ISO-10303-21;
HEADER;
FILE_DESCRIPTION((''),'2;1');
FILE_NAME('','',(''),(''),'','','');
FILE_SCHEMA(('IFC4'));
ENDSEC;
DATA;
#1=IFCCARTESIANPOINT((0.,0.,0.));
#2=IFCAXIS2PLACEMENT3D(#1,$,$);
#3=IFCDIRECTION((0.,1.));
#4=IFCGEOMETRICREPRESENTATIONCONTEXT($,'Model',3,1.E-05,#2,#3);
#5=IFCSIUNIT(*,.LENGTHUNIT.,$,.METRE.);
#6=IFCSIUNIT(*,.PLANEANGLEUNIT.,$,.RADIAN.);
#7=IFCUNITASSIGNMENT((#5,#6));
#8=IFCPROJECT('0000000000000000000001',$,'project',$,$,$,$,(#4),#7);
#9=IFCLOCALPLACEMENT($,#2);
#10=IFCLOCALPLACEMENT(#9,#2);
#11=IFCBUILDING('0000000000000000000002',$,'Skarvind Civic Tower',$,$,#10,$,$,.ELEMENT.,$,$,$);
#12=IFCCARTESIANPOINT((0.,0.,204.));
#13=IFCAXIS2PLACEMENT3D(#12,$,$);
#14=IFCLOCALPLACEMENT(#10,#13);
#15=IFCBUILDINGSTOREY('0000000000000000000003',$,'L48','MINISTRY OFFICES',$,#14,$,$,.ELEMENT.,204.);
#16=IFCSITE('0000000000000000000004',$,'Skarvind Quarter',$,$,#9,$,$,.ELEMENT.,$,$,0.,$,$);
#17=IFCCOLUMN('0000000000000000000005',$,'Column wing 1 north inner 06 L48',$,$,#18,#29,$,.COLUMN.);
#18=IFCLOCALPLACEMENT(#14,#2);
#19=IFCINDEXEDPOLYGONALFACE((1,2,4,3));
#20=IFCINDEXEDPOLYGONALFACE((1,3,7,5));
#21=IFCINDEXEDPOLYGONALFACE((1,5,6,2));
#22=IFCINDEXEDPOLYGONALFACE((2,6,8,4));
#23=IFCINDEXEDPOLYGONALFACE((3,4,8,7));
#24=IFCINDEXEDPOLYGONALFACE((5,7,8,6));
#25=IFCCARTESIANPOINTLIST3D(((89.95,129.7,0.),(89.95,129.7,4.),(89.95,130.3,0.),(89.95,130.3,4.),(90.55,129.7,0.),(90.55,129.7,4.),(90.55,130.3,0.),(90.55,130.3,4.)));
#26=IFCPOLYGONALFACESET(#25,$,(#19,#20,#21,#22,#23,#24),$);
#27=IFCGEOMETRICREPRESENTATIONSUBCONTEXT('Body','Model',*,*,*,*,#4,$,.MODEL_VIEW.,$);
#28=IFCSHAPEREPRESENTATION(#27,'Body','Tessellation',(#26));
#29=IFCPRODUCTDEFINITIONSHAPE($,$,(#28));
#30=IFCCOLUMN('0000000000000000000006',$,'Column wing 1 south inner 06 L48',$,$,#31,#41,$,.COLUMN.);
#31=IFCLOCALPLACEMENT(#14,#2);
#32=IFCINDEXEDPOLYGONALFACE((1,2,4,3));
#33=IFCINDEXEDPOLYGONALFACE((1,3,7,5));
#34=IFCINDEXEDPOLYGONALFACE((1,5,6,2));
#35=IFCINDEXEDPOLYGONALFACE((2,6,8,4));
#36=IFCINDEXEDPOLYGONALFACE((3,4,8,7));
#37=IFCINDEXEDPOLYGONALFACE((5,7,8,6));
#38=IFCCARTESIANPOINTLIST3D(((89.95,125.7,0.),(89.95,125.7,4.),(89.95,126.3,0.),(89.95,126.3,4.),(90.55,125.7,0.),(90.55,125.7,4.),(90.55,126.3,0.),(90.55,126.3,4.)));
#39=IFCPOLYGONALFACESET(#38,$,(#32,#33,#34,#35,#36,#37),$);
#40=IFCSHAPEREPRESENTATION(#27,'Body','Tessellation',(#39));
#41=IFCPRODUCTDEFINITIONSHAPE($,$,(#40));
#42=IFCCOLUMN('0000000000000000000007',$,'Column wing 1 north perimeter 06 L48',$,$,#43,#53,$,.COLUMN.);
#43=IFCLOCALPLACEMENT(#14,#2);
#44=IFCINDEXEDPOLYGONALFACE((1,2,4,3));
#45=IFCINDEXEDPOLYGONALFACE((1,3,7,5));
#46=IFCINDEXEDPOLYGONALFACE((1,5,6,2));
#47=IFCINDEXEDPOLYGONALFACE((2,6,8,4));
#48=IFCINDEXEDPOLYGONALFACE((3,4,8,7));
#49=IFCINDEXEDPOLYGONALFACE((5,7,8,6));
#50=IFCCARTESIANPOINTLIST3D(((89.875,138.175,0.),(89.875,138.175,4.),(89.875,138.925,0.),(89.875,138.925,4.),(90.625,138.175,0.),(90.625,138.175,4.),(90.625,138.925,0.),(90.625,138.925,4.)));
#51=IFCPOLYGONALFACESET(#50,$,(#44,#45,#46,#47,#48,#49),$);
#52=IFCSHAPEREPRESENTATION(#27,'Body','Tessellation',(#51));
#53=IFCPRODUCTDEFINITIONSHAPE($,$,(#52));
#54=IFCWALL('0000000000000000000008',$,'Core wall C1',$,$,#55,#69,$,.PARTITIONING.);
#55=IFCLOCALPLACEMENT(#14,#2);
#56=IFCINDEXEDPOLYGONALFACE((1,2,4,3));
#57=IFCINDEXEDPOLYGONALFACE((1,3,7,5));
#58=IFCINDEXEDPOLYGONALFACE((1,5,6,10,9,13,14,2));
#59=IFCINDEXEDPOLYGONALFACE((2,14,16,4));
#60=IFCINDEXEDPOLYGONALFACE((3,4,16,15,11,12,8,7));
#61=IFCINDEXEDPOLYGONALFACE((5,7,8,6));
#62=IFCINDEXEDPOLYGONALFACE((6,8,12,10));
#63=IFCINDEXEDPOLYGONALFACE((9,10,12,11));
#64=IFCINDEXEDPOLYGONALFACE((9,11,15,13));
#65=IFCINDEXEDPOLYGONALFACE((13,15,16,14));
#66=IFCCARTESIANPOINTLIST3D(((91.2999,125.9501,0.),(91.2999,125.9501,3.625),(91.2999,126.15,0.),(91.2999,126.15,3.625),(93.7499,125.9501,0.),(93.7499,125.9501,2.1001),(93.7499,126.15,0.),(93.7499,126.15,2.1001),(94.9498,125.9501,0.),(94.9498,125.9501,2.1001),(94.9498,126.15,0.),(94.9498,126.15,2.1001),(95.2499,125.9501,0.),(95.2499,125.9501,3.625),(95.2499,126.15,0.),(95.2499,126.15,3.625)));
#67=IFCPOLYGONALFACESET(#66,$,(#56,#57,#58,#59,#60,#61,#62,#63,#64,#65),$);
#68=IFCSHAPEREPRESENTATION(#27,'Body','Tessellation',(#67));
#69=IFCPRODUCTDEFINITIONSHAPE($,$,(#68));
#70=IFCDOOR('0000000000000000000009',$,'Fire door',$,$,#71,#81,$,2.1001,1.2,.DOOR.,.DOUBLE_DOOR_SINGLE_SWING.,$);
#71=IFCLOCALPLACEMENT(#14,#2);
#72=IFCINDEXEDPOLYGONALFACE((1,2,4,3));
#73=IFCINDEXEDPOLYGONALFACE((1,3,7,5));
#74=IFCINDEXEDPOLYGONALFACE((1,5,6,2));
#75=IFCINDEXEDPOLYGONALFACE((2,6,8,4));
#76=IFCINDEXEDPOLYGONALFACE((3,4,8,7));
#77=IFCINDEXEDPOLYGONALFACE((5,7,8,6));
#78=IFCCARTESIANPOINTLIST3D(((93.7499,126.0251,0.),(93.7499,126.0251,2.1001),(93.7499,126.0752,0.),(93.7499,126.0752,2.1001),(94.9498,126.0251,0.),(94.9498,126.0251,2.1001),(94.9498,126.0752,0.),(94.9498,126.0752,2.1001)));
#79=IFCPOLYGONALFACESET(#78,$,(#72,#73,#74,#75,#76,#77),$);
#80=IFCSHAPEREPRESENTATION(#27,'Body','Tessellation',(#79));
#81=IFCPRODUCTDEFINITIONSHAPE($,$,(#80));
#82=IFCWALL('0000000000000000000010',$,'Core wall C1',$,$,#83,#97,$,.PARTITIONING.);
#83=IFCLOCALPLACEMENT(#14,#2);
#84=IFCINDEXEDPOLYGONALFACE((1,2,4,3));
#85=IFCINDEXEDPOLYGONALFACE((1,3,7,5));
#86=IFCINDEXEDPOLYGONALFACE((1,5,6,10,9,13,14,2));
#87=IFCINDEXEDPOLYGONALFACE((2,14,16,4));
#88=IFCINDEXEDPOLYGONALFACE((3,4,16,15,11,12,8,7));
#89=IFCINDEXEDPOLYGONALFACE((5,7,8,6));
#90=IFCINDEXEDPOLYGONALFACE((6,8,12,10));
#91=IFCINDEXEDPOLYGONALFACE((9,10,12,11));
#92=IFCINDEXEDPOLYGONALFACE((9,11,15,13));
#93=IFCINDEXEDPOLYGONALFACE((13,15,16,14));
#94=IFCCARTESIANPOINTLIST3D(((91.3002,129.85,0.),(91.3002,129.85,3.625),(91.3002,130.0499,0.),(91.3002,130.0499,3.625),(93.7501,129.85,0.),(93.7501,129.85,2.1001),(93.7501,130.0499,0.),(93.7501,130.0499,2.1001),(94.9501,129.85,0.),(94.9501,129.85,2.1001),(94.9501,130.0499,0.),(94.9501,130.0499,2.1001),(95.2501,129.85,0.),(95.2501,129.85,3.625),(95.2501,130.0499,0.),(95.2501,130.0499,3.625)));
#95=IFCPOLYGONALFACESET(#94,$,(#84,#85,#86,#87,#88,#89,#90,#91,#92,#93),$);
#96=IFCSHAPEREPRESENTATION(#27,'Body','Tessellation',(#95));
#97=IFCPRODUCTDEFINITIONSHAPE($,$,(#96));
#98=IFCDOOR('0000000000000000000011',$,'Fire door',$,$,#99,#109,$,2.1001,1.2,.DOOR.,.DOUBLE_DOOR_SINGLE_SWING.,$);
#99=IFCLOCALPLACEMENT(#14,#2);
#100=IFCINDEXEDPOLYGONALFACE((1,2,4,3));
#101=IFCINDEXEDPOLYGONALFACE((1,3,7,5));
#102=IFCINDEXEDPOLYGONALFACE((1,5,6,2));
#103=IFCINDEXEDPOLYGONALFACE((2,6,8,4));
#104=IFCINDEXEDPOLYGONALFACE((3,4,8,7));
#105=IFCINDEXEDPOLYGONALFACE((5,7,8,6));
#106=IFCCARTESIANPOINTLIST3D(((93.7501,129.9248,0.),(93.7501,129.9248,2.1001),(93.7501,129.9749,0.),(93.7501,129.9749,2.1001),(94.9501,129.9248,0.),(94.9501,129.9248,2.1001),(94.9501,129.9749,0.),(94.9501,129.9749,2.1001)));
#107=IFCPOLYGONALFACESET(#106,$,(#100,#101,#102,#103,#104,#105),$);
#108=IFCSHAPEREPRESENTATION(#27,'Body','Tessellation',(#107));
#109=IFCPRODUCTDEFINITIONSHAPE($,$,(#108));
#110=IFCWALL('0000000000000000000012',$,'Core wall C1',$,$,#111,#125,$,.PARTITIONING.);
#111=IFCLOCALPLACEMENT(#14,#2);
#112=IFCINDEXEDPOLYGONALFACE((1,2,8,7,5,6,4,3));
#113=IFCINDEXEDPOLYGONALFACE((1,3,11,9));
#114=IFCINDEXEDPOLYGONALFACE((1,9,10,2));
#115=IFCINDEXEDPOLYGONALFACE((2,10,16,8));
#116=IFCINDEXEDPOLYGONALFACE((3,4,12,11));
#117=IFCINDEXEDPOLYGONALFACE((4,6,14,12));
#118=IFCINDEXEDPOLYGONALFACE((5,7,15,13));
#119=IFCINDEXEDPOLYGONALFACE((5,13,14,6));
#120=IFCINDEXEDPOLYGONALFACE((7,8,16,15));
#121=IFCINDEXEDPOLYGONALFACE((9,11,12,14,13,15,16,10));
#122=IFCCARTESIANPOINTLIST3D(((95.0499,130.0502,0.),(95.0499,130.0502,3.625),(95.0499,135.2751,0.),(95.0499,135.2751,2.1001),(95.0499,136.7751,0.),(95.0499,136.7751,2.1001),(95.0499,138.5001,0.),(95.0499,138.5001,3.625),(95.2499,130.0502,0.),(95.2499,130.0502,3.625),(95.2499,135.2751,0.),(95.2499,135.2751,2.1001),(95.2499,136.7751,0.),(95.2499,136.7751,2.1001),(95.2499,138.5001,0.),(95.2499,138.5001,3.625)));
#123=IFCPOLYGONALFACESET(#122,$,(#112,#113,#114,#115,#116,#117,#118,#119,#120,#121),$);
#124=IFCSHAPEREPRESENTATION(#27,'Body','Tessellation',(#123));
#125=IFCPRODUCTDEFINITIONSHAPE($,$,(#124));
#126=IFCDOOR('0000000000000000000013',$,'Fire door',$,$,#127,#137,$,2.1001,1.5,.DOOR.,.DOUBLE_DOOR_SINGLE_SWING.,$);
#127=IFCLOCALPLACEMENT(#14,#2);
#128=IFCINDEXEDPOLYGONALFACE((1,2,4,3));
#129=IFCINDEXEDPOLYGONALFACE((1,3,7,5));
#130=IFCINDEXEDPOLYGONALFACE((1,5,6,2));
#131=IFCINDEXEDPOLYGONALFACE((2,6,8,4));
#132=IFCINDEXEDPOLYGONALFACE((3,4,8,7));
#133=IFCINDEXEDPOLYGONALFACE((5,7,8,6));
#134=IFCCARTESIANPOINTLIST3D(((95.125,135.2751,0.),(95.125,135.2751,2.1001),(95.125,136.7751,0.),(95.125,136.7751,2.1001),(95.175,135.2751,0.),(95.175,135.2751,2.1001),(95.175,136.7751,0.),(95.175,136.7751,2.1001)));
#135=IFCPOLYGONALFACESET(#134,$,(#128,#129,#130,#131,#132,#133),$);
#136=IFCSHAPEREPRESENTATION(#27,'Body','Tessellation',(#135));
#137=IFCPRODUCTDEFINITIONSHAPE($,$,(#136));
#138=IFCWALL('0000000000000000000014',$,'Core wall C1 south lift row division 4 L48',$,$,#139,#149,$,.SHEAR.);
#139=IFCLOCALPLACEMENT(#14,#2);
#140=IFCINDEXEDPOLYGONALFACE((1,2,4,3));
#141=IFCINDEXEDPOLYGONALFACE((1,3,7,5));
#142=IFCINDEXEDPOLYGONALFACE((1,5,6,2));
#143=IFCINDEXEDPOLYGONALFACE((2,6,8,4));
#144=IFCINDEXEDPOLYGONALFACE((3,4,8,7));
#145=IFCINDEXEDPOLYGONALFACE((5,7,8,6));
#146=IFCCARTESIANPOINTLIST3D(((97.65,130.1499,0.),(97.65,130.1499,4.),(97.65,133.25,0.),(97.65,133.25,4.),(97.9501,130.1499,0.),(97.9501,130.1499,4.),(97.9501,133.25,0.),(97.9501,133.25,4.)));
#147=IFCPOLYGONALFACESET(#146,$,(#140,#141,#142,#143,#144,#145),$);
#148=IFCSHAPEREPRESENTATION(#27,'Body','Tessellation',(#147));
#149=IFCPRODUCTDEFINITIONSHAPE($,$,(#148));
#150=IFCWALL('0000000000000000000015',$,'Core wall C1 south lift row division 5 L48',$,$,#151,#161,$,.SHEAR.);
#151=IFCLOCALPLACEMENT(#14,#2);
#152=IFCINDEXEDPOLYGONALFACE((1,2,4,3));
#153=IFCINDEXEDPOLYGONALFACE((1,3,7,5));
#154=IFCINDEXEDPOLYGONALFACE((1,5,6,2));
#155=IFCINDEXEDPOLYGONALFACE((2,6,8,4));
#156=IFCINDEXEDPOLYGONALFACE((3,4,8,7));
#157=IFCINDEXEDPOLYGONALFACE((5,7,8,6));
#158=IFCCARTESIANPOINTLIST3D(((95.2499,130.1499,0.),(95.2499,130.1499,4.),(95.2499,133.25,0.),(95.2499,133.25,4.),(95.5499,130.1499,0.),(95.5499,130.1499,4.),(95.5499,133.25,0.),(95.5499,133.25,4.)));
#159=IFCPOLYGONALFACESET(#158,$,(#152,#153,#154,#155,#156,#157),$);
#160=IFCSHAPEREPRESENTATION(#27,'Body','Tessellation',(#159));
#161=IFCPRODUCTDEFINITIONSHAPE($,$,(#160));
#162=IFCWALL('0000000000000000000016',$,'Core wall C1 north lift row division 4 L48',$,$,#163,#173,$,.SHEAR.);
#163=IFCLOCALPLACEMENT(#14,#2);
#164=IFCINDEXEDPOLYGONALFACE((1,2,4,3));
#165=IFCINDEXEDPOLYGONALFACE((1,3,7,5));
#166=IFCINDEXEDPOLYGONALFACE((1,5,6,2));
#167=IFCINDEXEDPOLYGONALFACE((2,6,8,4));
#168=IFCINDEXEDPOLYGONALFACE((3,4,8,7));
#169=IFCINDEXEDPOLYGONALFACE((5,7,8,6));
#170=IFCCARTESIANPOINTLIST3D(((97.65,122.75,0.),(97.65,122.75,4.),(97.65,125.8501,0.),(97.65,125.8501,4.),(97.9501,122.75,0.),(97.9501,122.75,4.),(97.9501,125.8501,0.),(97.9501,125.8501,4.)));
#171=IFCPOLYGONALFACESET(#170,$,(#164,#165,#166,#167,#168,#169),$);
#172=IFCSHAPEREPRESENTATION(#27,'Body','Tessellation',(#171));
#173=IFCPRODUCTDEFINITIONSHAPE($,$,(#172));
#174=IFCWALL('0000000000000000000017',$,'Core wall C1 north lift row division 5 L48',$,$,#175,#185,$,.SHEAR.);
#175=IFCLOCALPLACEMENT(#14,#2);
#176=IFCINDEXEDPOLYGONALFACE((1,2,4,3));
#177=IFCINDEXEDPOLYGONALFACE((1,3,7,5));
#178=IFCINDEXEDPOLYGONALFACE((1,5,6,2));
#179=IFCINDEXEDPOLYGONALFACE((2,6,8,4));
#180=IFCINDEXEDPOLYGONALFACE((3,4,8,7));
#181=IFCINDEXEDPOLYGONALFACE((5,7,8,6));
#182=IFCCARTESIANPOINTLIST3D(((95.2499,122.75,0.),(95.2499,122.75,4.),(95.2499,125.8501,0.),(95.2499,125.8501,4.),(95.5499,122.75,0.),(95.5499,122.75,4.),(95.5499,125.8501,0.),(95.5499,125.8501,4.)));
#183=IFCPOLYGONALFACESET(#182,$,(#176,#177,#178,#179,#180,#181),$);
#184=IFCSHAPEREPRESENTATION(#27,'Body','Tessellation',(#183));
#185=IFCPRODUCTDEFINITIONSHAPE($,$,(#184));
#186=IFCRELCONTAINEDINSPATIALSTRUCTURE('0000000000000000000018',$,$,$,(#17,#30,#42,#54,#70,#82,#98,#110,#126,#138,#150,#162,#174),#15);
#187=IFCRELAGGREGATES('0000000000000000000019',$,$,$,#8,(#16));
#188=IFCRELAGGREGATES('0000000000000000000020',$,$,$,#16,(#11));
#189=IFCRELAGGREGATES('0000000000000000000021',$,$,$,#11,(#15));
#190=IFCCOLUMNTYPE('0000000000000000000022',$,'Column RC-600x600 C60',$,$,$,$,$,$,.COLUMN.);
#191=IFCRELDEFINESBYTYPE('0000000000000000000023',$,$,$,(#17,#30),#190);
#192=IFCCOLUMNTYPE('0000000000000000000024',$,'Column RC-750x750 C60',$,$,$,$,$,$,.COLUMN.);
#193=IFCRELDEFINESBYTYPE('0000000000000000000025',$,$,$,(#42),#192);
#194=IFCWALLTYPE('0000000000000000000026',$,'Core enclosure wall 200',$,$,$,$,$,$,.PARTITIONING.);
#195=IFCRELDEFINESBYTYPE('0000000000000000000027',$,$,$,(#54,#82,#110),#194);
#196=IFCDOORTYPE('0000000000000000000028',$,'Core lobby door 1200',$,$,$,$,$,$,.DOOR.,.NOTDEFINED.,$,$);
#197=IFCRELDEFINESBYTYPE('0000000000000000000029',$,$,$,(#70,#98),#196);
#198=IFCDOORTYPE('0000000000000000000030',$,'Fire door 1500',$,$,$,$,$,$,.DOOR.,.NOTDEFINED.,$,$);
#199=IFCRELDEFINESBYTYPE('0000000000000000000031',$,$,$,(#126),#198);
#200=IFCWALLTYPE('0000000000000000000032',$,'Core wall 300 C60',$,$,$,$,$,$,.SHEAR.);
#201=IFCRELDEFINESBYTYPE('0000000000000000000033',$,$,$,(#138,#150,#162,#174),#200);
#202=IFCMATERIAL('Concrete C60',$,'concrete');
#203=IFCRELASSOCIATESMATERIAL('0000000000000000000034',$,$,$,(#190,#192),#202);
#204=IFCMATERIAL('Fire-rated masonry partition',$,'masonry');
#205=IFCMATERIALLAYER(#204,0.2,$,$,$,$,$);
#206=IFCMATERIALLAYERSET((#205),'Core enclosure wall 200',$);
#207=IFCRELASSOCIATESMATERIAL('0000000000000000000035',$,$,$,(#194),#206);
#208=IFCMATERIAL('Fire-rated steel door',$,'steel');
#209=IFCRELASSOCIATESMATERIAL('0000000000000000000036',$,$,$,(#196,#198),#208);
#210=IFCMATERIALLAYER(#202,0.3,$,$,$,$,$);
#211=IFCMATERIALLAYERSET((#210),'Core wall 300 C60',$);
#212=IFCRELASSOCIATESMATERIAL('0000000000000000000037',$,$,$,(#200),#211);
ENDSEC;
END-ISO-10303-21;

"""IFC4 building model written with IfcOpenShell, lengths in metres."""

from ifc_helpers import new_model, si_unit, direction, frame, frame_2d, origin, origin_2d, place, context, subcontext, project, spatial, rectangle, extrude, material, layer, layer_set, material_profile, profile_set, type_object, element, fill, save


model = new_model("IFC4")

# Units and contexts
model_context = context("Model", 3, precision=1e-05, world=origin(), true_north=direction((0.0, 1.0)))
body_context = subcontext(model_context, "Body", "Model", "MODEL_VIEW")
ifc_project = project(units=[si_unit("LENGTHUNIT", "METRE"), si_unit("PLANEANGLEUNIT", "RADIAN")], contexts=[model_context])

# Site, building, storey
site_placement = place(None, origin())
site = spatial("IfcSite", under=ifc_project, at=site_placement, Name="Skarvind Quarter", CompositionType="ELEMENT", RefElevation=0.0)
building_placement = place(site_placement, origin())
building = spatial("IfcBuilding", under=site, at=building_placement, Name="Skarvind Civic Tower", CompositionType="ELEMENT")
storey_placement = place(building_placement, frame((0.0, 0.0, 204.0)))
storey = spatial("IfcBuildingStorey", under=building, at=storey_placement, Name="L48", Description="MINISTRY OFFICES", CompositionType="ELEMENT", Elevation=204.0)

# Columns
ifc_material_1 = material(Name="Concrete C60", Category="concrete")
ifc_material_profile_1 = material_profile(ifc_material_1, rectangle(XDim=0.6001, YDim=0.6001, at=origin_2d()), Name="RC-600x600")
ifc_profile_set_1 = profile_set([ifc_material_profile_1], Name="Concrete C60")
column_type_1 = type_object("IfcColumnType", Name="Column RC-600x600 C60", PredefinedType="COLUMN", material=ifc_profile_set_1)
for number, where, z_axis, x_axis, name in (
    (1, (90.25, 130.0, 0.0), (0.0, 0.0, 1.0), (1.0, 0.0, 0.0), "Column wing 1 north inner 06 L48"),
    (2, (90.25, 126.0, 0.0), (0.0, 0.0, 1.0), (1.0, 0.0, 0.0), "Column wing 1 south inner 06 L48"),
):
    element("IfcColumn", number, at=place(storey_placement, frame(where, z_axis=z_axis, x_axis=x_axis)), inside=storey, type_object=column_type_1, Name=name, PredefinedType="COLUMN", context=body_context, shape_type="SweptSolid", body=[
        extrude(rectangle(XDim=0.6001, YDim=0.6001, at=origin_2d()), origin(), (0.0, 0.0, 1.0), 4.0),
    ])
ifc_material_profile_2 = material_profile(ifc_material_1, rectangle(XDim=0.75, YDim=0.75, at=origin_2d()), Name="RC-750x750")
ifc_profile_set_2 = profile_set([ifc_material_profile_2], Name="Concrete C60")
column_type_2 = type_object("IfcColumnType", Name="Column RC-750x750 C60", PredefinedType="COLUMN", material=ifc_profile_set_2)
column_placement = place(storey_placement, frame((90.25, 138.55, 0.0), z_axis=(0.0, 0.0, 1.0), x_axis=(1.0, 0.0, 0.0)))
element("IfcColumn", 3, at=column_placement, inside=storey, type_object=column_type_2, Name="Column wing 1 north perimeter 06 L48", PredefinedType="COLUMN", context=body_context, shape_type="SweptSolid", body=[
    extrude(rectangle(XDim=0.75, YDim=0.75, at=origin_2d()), origin(), (0.0, 0.0, 1.0), 4.0),
])

# Walls, openings, doors
ifc_material_2 = material(Name="Fire-rated masonry partition", Category="masonry")
ifc_layer_1 = layer(ifc_material_2, 0.2)
ifc_layer_set_1 = layer_set([ifc_layer_1], Name="Core enclosure wall 200")
wall_type_1 = type_object("IfcWallType", Name="Core enclosure wall 200", PredefinedType="PARTITIONING", material=ifc_layer_set_1)
wall_1_placement = place(storey_placement, frame((95.25, 126.05, 0.0), z_axis=(0.0, 0.0, 1.0), x_axis=(-1.0, 0.0, 0.0)))
wall_1 = element("IfcWall", 4, at=wall_1_placement, inside=storey, type_object=wall_type_1, Name="Core wall C1", PredefinedType="PARTITIONING", context=body_context, shape_type="SweptSolid", body=[
    extrude(rectangle(XDim=3.95, YDim=0.2, at=frame_2d((1.9751, 0.0))), origin(), (0.0, 0.0, 1.0), 3.625),
])
opening_1_placement = place(wall_1_placement, frame((0.3, 0.0, 0.0)))
opening_1 = element("IfcOpeningElement", 5, at=opening_1_placement, cuts=wall_1, PredefinedType="OPENING", context=body_context, shape_type="SweptSolid", body=[
    extrude(rectangle(XDim=1.2, YDim=2.1001, at=frame_2d((0.6001, 1.05))), frame((0.0, 0.1099, 0.0), z_axis=(0.0, -1.0, 0.0), x_axis=(1.0, 0.0, 0.0)), (0.0, 0.0, 1.0), 0.22),
])
ifc_material_3 = material(Name="Fire-rated steel door", Category="steel")
door_type_1 = type_object("IfcDoorType", Name="Core lobby door 1200", OperationType="NOTDEFINED", PredefinedType="DOOR", material=ifc_material_3)
door_1_placement = place(opening_1_placement, origin())
door_1 = element("IfcDoor", 6, at=door_1_placement, inside=storey, type_object=door_type_1, Name="Fire door", OperationType="DOUBLE_DOOR_SINGLE_SWING", OverallHeight=2.1001, OverallWidth=1.2, PredefinedType="DOOR", context=body_context, shape_type="SweptSolid", body=[
    extrude(rectangle(XDim=1.2, YDim=2.1001, at=frame_2d((0.6001, 1.05))), frame((0.0, 0.0249, 0.0), z_axis=(0.0, -1.0, 0.0), x_axis=(1.0, 0.0, 0.0)), (0.0, 0.0, 1.0), 0.05),
])
fill(opening_1, door_1)
wall_2_placement = place(storey_placement, frame((91.3, 129.95, 0.0), z_axis=(0.0, 0.0, 1.0), x_axis=(1.0, 0.0, 0.0)))
wall_2 = element("IfcWall", 7, at=wall_2_placement, inside=storey, type_object=wall_type_1, Name="Core wall C1", PredefinedType="PARTITIONING", context=body_context, shape_type="SweptSolid", body=[
    extrude(rectangle(XDim=3.95, YDim=0.2, at=frame_2d((1.9751, 0.0))), origin(), (0.0, 0.0, 1.0), 3.625),
])
opening_2_placement = place(wall_2_placement, frame((2.45, 0.0, 0.0)))
opening_2 = element("IfcOpeningElement", 8, at=opening_2_placement, cuts=wall_2, PredefinedType="OPENING", context=body_context, shape_type="SweptSolid", body=[
    extrude(rectangle(XDim=1.2, YDim=2.1001, at=frame_2d((0.6001, 1.05))), frame((0.0, 0.1099, 0.0), z_axis=(0.0, -1.0, 0.0), x_axis=(1.0, 0.0, 0.0)), (0.0, 0.0, 1.0), 0.22),
])
door_2_placement = place(opening_2_placement, origin())
door_2 = element("IfcDoor", 9, at=door_2_placement, inside=storey, type_object=door_type_1, Name="Fire door", OperationType="DOUBLE_DOOR_SINGLE_SWING", OverallHeight=2.1001, OverallWidth=1.2, PredefinedType="DOOR", context=body_context, shape_type="SweptSolid", body=[
    extrude(rectangle(XDim=1.2, YDim=2.1001, at=frame_2d((0.6001, 1.05))), frame((0.0, 0.0249, 0.0), z_axis=(0.0, -1.0, 0.0), x_axis=(1.0, 0.0, 0.0)), (0.0, 0.0, 1.0), 0.05),
])
fill(opening_2, door_2)
wall_3_placement = place(storey_placement, frame((95.1499, 130.05, 0.0), z_axis=(0.0, 0.0, 1.0), x_axis=(0.0, 1.0, 0.0)))
wall_3 = element("IfcWall", 10, at=wall_3_placement, inside=storey, type_object=wall_type_1, Name="Core wall C1", PredefinedType="PARTITIONING", context=body_context, shape_type="SweptSolid", body=[
    extrude(rectangle(XDim=8.45, YDim=0.2, at=frame_2d((4.2251, 0.0))), origin(), (0.0, 0.0, 1.0), 3.625),
])
opening_3_placement = place(wall_3_placement, frame((5.2251, 0.0, 0.0)))
opening_3 = element("IfcOpeningElement", 11, at=opening_3_placement, cuts=wall_3, PredefinedType="OPENING", context=body_context, shape_type="SweptSolid", body=[
    extrude(rectangle(XDim=1.5, YDim=2.1001, at=frame_2d((0.75, 1.05))), frame((0.0, 0.1099, 0.0), z_axis=(0.0, -1.0, 0.0), x_axis=(1.0, 0.0, 0.0)), (0.0, 0.0, 1.0), 0.22),
])
door_type_2 = type_object("IfcDoorType", Name="Fire door 1500", OperationType="NOTDEFINED", PredefinedType="DOOR", material=ifc_material_3)
door_3_placement = place(opening_3_placement, origin())
door_3 = element("IfcDoor", 12, at=door_3_placement, inside=storey, type_object=door_type_2, Name="Fire door", OperationType="DOUBLE_DOOR_SINGLE_SWING", OverallHeight=2.1001, OverallWidth=1.5, PredefinedType="DOOR", context=body_context, shape_type="SweptSolid", body=[
    extrude(rectangle(XDim=1.5, YDim=2.1001, at=frame_2d((0.75, 1.05))), frame((0.0, 0.0249, 0.0), z_axis=(0.0, -1.0, 0.0), x_axis=(1.0, 0.0, 0.0)), (0.0, 0.0, 1.0), 0.05),
])
fill(opening_3, door_3)

# Walls
ifc_layer_2 = layer(ifc_material_1, 0.3)
ifc_layer_set_2 = layer_set([ifc_layer_2], Name="Core wall 300 C60")
wall_type_2 = type_object("IfcWallType", Name="Core wall 300 C60", PredefinedType="SHEAR", material=ifc_layer_set_2)
for number, where, z_axis, x_axis, name in (
    (13, (97.8, 133.25, 0.0), (0.0, 0.0, 1.0), (0.0, -1.0, 0.0), "Core wall C1 south lift row division 4 L48"),
    (14, (95.3999, 133.25, 0.0), (0.0, 0.0, 1.0), (0.0, -1.0, 0.0), "Core wall C1 south lift row division 5 L48"),
    (15, (97.8, 125.8501, 0.0), (0.0, 0.0, 1.0), (0.0, -1.0, 0.0), "Core wall C1 north lift row division 4 L48"),
    (16, (95.3999, 125.8501, 0.0), (0.0, 0.0, 1.0), (0.0, -1.0, 0.0), "Core wall C1 north lift row division 5 L48"),
):
    element("IfcWall", number, at=place(storey_placement, frame(where, z_axis=z_axis, x_axis=x_axis)), inside=storey, type_object=wall_type_2, Name=name, PredefinedType="SHEAR", context=body_context, shape_type="SweptSolid", body=[
        extrude(rectangle(XDim=3.1001, YDim=0.3, at=frame_2d((1.55, 0.0))), origin(), (0.0, 0.0, 1.0), 4.0),
    ])

save(model, "model.ifc")
